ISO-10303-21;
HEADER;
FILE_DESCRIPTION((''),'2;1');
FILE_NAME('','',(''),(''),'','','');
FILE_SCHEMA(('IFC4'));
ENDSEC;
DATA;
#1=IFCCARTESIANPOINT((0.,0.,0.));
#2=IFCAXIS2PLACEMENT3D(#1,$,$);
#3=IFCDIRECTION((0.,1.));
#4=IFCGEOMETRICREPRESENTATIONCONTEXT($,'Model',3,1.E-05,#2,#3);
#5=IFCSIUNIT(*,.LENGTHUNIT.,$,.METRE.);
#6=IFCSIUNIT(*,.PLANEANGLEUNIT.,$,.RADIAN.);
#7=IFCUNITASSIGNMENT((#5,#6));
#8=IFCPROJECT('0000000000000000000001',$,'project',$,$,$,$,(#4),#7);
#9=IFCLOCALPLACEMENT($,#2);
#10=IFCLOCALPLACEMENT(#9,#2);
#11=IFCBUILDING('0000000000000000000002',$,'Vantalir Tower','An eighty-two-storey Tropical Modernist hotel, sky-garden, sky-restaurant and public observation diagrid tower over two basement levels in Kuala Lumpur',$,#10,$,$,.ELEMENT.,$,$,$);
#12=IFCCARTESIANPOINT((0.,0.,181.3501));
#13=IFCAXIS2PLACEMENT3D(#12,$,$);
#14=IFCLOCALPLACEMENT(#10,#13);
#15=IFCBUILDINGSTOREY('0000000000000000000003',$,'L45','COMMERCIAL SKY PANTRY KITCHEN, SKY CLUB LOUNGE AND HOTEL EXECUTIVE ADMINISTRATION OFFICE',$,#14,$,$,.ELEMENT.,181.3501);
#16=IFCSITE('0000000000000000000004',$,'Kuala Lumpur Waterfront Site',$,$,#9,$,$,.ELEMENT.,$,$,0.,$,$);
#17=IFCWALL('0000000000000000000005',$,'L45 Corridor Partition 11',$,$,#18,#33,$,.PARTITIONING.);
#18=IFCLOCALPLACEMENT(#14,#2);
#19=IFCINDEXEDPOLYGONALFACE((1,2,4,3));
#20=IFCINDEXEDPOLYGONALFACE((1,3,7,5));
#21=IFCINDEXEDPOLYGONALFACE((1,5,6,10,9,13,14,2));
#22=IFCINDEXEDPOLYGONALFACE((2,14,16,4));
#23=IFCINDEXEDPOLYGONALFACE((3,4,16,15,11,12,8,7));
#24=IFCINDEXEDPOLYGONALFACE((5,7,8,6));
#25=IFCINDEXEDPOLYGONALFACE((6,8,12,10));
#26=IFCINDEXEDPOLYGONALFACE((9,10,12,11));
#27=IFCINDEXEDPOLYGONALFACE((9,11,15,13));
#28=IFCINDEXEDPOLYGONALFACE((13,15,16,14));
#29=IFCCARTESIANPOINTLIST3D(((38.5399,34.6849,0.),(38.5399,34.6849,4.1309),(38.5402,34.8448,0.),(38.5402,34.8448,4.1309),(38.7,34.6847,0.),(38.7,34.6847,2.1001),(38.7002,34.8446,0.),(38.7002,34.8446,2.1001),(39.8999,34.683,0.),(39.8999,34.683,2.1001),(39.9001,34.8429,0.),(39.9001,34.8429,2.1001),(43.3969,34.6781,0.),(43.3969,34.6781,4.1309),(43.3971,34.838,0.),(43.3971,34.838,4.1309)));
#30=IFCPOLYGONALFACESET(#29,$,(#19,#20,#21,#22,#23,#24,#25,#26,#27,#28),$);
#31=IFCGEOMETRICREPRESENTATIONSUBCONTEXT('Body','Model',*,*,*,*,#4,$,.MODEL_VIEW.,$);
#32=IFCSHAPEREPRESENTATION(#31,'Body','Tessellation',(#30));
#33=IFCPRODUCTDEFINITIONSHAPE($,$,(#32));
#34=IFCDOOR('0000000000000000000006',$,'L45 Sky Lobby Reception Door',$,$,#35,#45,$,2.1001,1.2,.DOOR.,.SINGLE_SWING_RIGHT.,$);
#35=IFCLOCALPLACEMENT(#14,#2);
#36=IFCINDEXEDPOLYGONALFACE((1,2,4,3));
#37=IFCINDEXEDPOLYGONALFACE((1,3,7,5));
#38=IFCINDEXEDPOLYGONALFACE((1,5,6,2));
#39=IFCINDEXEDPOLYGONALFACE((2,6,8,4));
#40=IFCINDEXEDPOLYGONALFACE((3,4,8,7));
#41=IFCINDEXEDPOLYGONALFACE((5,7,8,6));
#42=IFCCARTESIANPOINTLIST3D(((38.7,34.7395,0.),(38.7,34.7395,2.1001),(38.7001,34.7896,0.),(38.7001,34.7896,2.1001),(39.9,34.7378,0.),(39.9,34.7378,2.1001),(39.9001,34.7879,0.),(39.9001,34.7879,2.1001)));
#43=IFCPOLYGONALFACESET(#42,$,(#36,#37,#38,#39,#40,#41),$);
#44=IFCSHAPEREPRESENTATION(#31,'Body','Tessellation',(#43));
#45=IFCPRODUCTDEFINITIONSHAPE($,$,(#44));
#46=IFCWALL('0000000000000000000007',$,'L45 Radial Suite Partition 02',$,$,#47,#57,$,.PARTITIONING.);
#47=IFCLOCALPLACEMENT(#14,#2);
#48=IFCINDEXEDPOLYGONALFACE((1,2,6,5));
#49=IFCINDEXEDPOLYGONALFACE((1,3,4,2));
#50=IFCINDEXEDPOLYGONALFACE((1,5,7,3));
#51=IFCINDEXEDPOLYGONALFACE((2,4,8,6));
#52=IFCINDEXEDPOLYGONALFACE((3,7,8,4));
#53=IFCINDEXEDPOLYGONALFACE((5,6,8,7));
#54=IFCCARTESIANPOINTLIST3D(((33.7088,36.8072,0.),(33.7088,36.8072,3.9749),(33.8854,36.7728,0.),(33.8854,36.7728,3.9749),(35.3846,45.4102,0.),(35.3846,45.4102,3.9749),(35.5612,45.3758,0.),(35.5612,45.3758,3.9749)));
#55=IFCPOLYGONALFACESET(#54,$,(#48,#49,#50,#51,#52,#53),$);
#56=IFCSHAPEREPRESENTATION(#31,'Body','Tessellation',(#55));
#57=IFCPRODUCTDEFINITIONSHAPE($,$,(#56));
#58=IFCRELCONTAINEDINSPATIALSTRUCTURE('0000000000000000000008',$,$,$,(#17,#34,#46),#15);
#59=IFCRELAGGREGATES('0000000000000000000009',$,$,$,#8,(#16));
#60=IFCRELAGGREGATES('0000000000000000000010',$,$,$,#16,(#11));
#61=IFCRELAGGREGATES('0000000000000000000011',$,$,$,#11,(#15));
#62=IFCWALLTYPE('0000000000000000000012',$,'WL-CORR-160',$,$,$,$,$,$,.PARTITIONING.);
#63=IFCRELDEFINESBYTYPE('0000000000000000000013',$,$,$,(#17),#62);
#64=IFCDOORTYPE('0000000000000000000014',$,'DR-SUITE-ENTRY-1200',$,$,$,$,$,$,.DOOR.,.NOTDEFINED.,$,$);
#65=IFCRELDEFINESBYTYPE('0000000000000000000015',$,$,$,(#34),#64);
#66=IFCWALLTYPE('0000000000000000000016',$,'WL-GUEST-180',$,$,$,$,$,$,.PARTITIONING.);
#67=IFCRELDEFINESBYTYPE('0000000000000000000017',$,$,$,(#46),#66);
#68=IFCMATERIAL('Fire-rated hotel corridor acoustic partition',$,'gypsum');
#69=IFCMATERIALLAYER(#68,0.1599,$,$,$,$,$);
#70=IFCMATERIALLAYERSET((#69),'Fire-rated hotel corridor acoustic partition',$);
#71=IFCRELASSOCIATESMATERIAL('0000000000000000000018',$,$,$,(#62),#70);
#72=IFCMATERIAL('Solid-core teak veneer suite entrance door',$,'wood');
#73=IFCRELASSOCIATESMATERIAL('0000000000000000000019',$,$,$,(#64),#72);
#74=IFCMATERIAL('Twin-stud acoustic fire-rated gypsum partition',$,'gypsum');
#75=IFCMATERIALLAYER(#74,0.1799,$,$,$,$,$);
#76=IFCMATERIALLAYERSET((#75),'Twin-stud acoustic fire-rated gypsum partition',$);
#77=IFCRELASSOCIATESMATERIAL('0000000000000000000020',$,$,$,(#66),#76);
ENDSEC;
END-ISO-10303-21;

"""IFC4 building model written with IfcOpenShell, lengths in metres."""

from ifc_helpers import new_model, si_unit, direction, frame, frame_2d, origin, place, context, subcontext, project, spatial, rectangle, extrude, material, layer, layer_set, type_object, element, fill, save


model = new_model("IFC4")

# Units and contexts
model_context = context("Model", 3, precision=1e-05, world=origin(), true_north=direction((0.0, 1.0)))
body_context = subcontext(model_context, "Body", "Model", "MODEL_VIEW")
ifc_project = project(units=[si_unit("LENGTHUNIT", "METRE"), si_unit("PLANEANGLEUNIT", "RADIAN")], contexts=[model_context])

# Site, building, storey
site_placement = place(None, origin())
site = spatial("IfcSite", under=ifc_project, at=site_placement, Name="Kuala Lumpur Waterfront Site", CompositionType="ELEMENT", RefElevation=0.0)
building_placement = place(site_placement, origin())
building = spatial("IfcBuilding", under=site, at=building_placement, Name="Vantalir Tower", Description="An eighty-two-storey Tropical Modernist hotel, sky-garden, sky-restaurant and public observation diagrid tower over two basement levels in Kuala Lumpur", CompositionType="ELEMENT")
storey_placement = place(building_placement, frame((0.0, 0.0, 181.3501)))
storey = spatial("IfcBuildingStorey", under=building, at=storey_placement, Name="L45", Description="COMMERCIAL SKY PANTRY KITCHEN, SKY CLUB LOUNGE AND HOTEL EXECUTIVE ADMINISTRATION OFFICE", CompositionType="ELEMENT", Elevation=181.3501)

# Shared definitions
ifc_material_1 = material(Name="Fire-rated hotel corridor acoustic partition", Category="gypsum")
ifc_layer_1 = layer(ifc_material_1, 0.1599)
ifc_layer_set_1 = layer_set([ifc_layer_1], Name="Fire-rated hotel corridor acoustic partition")
wall_type_1 = type_object("IfcWallType", Name="WL-CORR-160", PredefinedType="PARTITIONING", material=ifc_layer_set_1)

# Wall, opening, door
wall_1_placement = place(storey_placement, frame((38.54, 34.7649, 0.0), z_axis=(0.0, 0.0, 1.0), x_axis=(0.999999, -0.001407, 0.0)))
wall_1 = element("IfcWall", 1, at=wall_1_placement, inside=storey, type_object=wall_type_1, Name="L45 Corridor Partition 11", PredefinedType="PARTITIONING", context=body_context, shape_type="SweptSolid", body=[
    extrude(rectangle(XDim=4.8569, YDim=0.1599, at=frame_2d((2.4285, 0.0))), origin(), (0.0, 0.0, 1.0), 4.1309),
])
opening_placement = place(wall_1_placement, frame((0.1599, 0.0, 0.0)))
opening = element("IfcOpeningElement", 2, at=opening_placement, cuts=wall_1, PredefinedType="OPENING", context=body_context, shape_type="SweptSolid", body=[
    extrude(rectangle(XDim=1.2, YDim=2.1001, at=frame_2d((0.6001, 1.05))), frame((0.0, 0.0898, 0.0), z_axis=(0.0, -1.0, 0.0), x_axis=(1.0, 0.0, 0.0)), (0.0, 0.0, 1.0), 0.1799),
])
ifc_material_2 = material(Name="Solid-core teak veneer suite entrance door", Category="wood")
door_type = type_object("IfcDoorType", Name="DR-SUITE-ENTRY-1200", OperationType="NOTDEFINED", PredefinedType="DOOR", material=ifc_material_2)
door_placement = place(opening_placement, origin())
door = element("IfcDoor", 3, at=door_placement, inside=storey, type_object=door_type, Name="L45 Sky Lobby Reception Door", OperationType="SINGLE_SWING_RIGHT", OverallHeight=2.1001, OverallWidth=1.2, PredefinedType="DOOR", context=body_context, shape_type="SweptSolid", body=[
    extrude(rectangle(XDim=1.2, YDim=2.1001, at=frame_2d((0.6001, 1.05))), frame((0.0, 0.0249, 0.0), z_axis=(0.0, -1.0, 0.0), x_axis=(1.0, 0.0, 0.0)), (0.0, 0.0, 1.0), 0.05),
])
fill(opening, door)

# Wall
ifc_material_3 = material(Name="Twin-stud acoustic fire-rated gypsum partition", Category="gypsum")
ifc_layer_2 = layer(ifc_material_3, 0.1799)
ifc_layer_set_2 = layer_set([ifc_layer_2], Name="Twin-stud acoustic fire-rated gypsum partition")
wall_type_2 = type_object("IfcWallType", Name="WL-GUEST-180", PredefinedType="PARTITIONING", material=ifc_layer_set_2)
wall_2_placement = place(storey_placement, frame((33.7971, 36.79, 0.0), z_axis=(0.0, 0.0, 1.0), x_axis=(0.191196, 0.981552, 0.0)))
element("IfcWall", 4, at=wall_2_placement, inside=storey, type_object=wall_type_2, Name="L45 Radial Suite Partition 02", PredefinedType="PARTITIONING", context=body_context, shape_type="SweptSolid", body=[
    extrude(rectangle(XDim=8.7646, YDim=0.1799, at=frame_2d((4.3823, 0.0))), origin(), (0.0, 0.0, 1.0), 3.9749),
])

save(model, "model.ifc")
